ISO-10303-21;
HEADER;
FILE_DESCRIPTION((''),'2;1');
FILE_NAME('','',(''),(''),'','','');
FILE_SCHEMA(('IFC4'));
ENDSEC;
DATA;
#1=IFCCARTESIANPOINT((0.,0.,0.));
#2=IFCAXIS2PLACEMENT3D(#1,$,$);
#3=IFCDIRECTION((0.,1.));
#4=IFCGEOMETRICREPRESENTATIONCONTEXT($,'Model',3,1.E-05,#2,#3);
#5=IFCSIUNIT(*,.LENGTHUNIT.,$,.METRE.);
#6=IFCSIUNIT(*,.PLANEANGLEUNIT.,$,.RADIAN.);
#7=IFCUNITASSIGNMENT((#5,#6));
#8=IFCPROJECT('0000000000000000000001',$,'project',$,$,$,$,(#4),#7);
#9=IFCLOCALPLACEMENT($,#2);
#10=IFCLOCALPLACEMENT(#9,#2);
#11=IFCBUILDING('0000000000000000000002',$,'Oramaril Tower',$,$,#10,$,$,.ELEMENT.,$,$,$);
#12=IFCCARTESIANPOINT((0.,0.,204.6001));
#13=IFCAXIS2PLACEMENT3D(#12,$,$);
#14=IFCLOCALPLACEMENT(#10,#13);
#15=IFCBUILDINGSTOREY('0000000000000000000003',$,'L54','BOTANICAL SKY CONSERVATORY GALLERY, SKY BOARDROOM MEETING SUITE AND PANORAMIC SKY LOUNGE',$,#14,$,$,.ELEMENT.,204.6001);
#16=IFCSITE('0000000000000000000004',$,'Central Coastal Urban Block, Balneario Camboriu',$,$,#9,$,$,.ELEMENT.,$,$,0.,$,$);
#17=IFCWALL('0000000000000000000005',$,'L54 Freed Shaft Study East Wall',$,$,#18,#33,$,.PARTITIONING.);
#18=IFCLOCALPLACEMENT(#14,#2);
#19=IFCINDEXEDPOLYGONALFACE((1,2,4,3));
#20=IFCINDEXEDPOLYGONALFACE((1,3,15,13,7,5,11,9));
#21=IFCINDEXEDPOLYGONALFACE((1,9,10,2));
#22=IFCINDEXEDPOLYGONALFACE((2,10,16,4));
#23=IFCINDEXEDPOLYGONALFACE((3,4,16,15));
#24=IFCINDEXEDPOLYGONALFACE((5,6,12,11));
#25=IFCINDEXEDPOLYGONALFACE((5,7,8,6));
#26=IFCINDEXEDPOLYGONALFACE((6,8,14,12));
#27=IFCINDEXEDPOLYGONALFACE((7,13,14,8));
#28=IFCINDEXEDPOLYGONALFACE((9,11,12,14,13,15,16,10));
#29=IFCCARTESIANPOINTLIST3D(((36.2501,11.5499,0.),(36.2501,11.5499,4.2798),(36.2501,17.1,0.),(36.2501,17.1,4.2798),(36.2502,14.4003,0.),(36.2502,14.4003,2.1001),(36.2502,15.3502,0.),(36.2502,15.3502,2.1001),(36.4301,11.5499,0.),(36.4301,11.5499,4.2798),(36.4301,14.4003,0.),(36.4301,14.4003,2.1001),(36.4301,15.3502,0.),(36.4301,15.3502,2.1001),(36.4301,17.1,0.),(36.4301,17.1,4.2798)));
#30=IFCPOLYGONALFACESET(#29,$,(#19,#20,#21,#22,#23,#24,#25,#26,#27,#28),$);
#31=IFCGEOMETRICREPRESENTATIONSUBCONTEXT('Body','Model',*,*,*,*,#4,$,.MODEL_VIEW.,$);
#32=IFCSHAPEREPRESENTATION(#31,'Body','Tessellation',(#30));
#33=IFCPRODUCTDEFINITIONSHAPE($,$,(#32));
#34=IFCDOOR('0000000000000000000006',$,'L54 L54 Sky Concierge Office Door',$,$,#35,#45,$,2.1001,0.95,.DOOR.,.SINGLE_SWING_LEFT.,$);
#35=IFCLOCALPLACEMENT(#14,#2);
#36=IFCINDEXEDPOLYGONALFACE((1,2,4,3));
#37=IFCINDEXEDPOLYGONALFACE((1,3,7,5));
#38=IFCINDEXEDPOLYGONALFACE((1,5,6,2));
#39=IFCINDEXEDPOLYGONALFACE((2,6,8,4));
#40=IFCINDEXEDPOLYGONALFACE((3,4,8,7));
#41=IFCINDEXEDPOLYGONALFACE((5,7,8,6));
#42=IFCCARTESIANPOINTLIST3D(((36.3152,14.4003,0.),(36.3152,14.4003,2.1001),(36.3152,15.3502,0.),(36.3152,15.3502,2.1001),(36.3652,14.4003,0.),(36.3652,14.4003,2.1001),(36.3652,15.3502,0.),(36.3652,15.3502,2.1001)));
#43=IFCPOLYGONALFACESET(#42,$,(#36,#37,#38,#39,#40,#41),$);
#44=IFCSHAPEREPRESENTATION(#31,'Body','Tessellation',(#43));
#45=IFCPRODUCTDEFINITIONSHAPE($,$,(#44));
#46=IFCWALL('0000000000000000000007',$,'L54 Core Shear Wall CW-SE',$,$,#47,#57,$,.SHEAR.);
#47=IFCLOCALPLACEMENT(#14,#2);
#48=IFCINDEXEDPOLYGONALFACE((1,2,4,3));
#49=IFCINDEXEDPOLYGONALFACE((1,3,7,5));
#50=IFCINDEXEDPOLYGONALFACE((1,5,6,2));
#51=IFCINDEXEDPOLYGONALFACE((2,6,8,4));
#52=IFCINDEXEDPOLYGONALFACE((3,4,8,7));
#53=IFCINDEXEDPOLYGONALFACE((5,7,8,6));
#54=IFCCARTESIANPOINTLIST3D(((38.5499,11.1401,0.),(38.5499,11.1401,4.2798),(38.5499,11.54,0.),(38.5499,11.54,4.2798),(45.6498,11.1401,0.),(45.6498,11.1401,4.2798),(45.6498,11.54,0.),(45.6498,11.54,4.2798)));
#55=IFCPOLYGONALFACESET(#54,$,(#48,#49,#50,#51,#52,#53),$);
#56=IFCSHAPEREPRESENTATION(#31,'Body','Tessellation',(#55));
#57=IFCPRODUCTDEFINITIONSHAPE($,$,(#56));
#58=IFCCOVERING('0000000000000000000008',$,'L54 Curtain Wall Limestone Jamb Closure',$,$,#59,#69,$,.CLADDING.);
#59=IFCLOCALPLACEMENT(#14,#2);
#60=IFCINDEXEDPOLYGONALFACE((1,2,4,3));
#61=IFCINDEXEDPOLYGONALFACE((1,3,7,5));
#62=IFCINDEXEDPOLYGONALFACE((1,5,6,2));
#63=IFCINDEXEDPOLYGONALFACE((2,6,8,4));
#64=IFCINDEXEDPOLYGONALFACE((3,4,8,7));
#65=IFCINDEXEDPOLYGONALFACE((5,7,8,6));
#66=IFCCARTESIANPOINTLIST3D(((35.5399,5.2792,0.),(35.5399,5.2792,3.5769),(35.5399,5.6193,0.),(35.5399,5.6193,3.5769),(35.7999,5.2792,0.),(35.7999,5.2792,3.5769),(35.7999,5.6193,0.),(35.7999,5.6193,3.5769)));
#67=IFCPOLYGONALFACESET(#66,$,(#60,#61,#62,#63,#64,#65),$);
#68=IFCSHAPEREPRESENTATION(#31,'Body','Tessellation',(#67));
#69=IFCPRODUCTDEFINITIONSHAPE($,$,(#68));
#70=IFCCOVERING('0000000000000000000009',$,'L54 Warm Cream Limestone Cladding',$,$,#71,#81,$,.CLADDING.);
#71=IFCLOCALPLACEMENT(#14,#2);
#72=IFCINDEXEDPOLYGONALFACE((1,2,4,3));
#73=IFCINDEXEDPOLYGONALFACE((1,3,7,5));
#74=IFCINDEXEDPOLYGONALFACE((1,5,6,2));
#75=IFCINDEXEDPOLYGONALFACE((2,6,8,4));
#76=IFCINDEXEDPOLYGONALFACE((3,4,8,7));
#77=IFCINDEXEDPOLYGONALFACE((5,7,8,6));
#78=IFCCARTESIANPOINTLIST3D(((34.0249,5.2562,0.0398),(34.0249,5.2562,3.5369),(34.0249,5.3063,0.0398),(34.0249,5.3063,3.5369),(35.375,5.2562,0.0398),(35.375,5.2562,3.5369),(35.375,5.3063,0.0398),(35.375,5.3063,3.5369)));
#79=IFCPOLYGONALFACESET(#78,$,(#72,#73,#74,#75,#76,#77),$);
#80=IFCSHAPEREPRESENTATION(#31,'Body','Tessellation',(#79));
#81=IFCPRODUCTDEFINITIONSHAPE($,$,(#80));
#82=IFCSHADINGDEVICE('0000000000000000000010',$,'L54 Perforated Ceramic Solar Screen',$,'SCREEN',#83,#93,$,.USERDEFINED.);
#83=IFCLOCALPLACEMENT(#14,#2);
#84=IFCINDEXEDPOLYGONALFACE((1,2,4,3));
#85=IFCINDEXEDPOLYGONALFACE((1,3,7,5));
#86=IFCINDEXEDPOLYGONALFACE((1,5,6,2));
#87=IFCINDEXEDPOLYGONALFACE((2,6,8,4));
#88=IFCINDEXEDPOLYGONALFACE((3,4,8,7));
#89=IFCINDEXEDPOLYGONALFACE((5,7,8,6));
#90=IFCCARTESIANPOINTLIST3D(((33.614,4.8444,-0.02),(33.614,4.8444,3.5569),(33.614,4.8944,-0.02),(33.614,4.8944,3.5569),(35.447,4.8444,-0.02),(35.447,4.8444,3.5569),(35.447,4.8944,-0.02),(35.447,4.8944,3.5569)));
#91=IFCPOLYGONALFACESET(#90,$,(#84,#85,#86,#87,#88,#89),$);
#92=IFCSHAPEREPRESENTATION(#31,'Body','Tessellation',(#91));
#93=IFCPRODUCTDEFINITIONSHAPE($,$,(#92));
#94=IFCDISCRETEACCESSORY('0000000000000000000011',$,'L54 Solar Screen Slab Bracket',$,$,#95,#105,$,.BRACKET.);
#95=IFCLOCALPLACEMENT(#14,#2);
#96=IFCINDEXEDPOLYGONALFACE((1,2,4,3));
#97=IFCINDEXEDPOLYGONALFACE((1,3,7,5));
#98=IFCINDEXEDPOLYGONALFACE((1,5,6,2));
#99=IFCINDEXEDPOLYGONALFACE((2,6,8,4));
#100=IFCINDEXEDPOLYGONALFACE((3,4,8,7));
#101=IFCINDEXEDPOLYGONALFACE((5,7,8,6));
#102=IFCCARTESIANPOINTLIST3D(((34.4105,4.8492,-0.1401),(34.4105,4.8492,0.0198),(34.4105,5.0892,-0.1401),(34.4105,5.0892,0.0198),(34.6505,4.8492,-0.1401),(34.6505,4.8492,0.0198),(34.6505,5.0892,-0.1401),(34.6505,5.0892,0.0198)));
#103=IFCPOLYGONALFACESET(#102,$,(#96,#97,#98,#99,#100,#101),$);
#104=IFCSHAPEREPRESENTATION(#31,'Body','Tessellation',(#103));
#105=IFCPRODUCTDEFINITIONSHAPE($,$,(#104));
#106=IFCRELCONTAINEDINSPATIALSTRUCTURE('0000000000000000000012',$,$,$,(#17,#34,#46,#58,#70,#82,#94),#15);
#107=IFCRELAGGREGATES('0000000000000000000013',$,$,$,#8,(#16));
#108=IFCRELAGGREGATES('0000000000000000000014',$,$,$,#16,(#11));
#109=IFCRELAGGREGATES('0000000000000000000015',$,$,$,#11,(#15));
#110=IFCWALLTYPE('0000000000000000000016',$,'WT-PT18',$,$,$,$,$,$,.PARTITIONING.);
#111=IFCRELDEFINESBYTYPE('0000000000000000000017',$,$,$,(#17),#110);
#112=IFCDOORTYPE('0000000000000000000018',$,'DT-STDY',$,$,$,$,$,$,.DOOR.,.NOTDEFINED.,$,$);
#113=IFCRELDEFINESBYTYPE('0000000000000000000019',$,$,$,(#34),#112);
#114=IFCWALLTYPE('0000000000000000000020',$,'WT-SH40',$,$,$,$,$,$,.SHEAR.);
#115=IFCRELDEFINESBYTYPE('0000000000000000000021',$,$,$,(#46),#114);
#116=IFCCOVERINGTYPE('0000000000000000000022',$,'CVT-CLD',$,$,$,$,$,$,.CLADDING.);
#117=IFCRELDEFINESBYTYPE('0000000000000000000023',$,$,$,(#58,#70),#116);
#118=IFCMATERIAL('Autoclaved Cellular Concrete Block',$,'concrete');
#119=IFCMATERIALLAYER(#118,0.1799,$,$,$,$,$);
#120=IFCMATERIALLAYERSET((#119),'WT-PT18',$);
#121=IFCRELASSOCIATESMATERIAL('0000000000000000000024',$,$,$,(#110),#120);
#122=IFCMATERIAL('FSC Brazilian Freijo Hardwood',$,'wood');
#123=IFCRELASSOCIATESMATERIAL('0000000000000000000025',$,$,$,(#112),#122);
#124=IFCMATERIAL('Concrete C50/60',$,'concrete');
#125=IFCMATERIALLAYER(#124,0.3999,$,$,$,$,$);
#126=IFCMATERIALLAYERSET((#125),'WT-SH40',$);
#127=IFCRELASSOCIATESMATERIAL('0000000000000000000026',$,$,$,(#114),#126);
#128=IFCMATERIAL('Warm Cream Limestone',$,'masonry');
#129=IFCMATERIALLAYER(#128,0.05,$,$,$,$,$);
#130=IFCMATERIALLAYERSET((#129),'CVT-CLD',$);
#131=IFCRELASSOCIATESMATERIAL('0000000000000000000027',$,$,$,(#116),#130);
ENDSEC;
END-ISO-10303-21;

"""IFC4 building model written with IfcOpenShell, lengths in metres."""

from ifc_helpers import new_model, si_unit, direction, frame, frame_2d, origin, origin_2d, place, context, subcontext, project, spatial, rectangle, extrude, material, layer, layer_set, type_object, element, fill, save


model = new_model("IFC4")

# Units and contexts
model_context = context("Model", 3, precision=1e-05, world=origin(), true_north=direction((0.0, 1.0)))
body_context = subcontext(model_context, "Body", "Model", "MODEL_VIEW")
ifc_project = project(units=[si_unit("LENGTHUNIT", "METRE"), si_unit("PLANEANGLEUNIT", "RADIAN")], contexts=[model_context])

# Site, building, storey
site_placement = place(None, origin())
site = spatial("IfcSite", under=ifc_project, at=site_placement, Name="Central Coastal Urban Block, Balneario Camboriu", CompositionType="ELEMENT", RefElevation=0.0)
building_placement = place(site_placement, origin())
building = spatial("IfcBuilding", under=site, at=building_placement, Name="Oramaril Tower", CompositionType="ELEMENT")
storey_placement = place(building_placement, frame((0.0, 0.0, 204.6001)))
storey = spatial("IfcBuildingStorey", under=building, at=storey_placement, Name="L54", Description="BOTANICAL SKY CONSERVATORY GALLERY, SKY BOARDROOM MEETING SUITE AND PANORAMIC SKY LOUNGE", CompositionType="ELEMENT", Elevation=204.6001)

# Wall, opening, door
ifc_material_1 = material(Name="Autoclaved Cellular Concrete Block", Category="concrete")
ifc_layer_1 = layer(ifc_material_1, 0.1799)
ifc_layer_set_1 = layer_set([ifc_layer_1], Name="WT-PT18")
wall_type_1 = type_object("IfcWallType", Name="WT-PT18", PredefinedType="PARTITIONING", material=ifc_layer_set_1)
wall_1_placement = place(storey_placement, frame((36.3401, 11.55, 0.0), z_axis=(0.0, 0.0, 1.0), x_axis=(0.0, 1.0, 0.0)))
wall_1 = element("IfcWall", 1, at=wall_1_placement, inside=storey, type_object=wall_type_1, Name="L54 Freed Shaft Study East Wall", PredefinedType="PARTITIONING", context=body_context, shape_type="SweptSolid", body=[
    extrude(rectangle(XDim=5.55, YDim=0.1799, at=frame_2d((2.7749, 0.0))), origin(), (0.0, 0.0, 1.0), 4.2798),
])
opening_placement = place(wall_1_placement, frame((2.8501, 0.0, 0.0)))
opening = element("IfcOpeningElement", 2, at=opening_placement, cuts=wall_1, PredefinedType="OPENING", context=body_context, shape_type="SweptSolid", body=[
    extrude(rectangle(XDim=0.95, YDim=2.1001, at=frame_2d((0.4751, 1.05))), frame((0.0, 0.0898, 0.0), z_axis=(0.0, -1.0, 0.0), x_axis=(1.0, 0.0, 0.0)), (0.0, 0.0, 1.0), 0.1799),
])
ifc_material_2 = material(Name="FSC Brazilian Freijo Hardwood", Category="wood")
door_type = type_object("IfcDoorType", Name="DT-STDY", OperationType="NOTDEFINED", PredefinedType="DOOR", material=ifc_material_2)
door_placement = place(opening_placement, origin())
door = element("IfcDoor", 3, at=door_placement, inside=storey, type_object=door_type, Name="L54 L54 Sky Concierge Office Door", OperationType="SINGLE_SWING_LEFT", OverallHeight=2.1001, OverallWidth=0.95, PredefinedType="DOOR", context=body_context, shape_type="SweptSolid", body=[
    extrude(rectangle(XDim=0.95, YDim=2.1001, at=frame_2d((0.4751, 1.05))), frame((0.0, 0.0249, 0.0), z_axis=(0.0, -1.0, 0.0), x_axis=(1.0, 0.0, 0.0)), (0.0, 0.0, 1.0), 0.05),
])
fill(opening, door)

# Wall
ifc_material_3 = material(Name="Concrete C50/60", Category="concrete")
ifc_layer_2 = layer(ifc_material_3, 0.3999)
ifc_layer_set_2 = layer_set([ifc_layer_2], Name="WT-SH40")
wall_type_2 = type_object("IfcWallType", Name="WT-SH40", PredefinedType="SHEAR", material=ifc_layer_set_2)
wall_2_placement = place(storey_placement, frame((38.55, 11.3401, 0.0), z_axis=(0.0, 0.0, 1.0), x_axis=(1.0, 0.0, 0.0)))
element("IfcWall", 4, at=wall_2_placement, inside=storey, type_object=wall_type_2, Name="L54 Core Shear Wall CW-SE", PredefinedType="SHEAR", context=body_context, shape_type="SweptSolid", body=[
    extrude(rectangle(XDim=7.0999, YDim=0.3999, at=frame_2d((3.5498, 0.0))), origin(), (0.0, 0.0, 1.0), 4.2798),
])

# Coverings
ifc_material_4 = material(Name="Warm Cream Limestone", Category="masonry")
ifc_layer_3 = layer(ifc_material_4, 0.05)
ifc_layer_set_3 = layer_set([ifc_layer_3], Name="CVT-CLD")
covering_type = type_object("IfcCoveringType", Name="CVT-CLD", PredefinedType="CLADDING", material=ifc_layer_set_3)
covering_1_placement = place(storey_placement, frame((35.6699, 5.4492, 0.0), z_axis=(0.0, 0.0, 1.0), x_axis=(1.0, 0.0, 0.0)))
element("IfcCovering", 5, at=covering_1_placement, inside=storey, type_object=covering_type, Name="L54 Curtain Wall Limestone Jamb Closure", PredefinedType="CLADDING", context=body_context, shape_type="SweptSolid", body=[
    extrude(rectangle(XDim=0.26, YDim=0.3401, at=origin_2d()), origin(), (0.0, 0.0, 1.0), 3.5769),
])
covering_2_placement = place(storey_placement, frame((34.7, 5.2812, 0.0398), z_axis=(0.0, 0.0, 1.0), x_axis=(1.0, 0.0, 0.0)))
element("IfcCovering", 6, at=covering_2_placement, inside=storey, type_object=covering_type, Name="L54 Warm Cream Limestone Cladding", PredefinedType="CLADDING", context=body_context, shape_type="SweptSolid", body=[
    extrude(rectangle(XDim=1.3501, YDim=0.05, at=origin_2d()), origin(), (0.0, 0.0, 1.0), 3.4971),
])

# Shading device
shading_device_placement = place(storey_placement, frame((34.5305, 4.8694, -0.02), z_axis=(0.0, 0.0, 1.0), x_axis=(1.0, 0.0, 0.0)))
element("IfcShadingDevice", 7, at=shading_device_placement, inside=storey, Name="L54 Perforated Ceramic Solar Screen", ObjectType="SCREEN", PredefinedType="USERDEFINED", context=body_context, shape_type="SweptSolid", body=[
    extrude(rectangle(XDim=1.833, YDim=0.05, at=origin_2d()), origin(), (0.0, 0.0, 1.0), 3.5769),
])

# Discrete accessory
discrete_accessory_placement = place(storey_placement, frame((34.5305, 4.9692, -0.1401), z_axis=(0.0, 0.0, 1.0), x_axis=(1.0, 0.0, 0.0)))
element("IfcDiscreteAccessory", 8, at=discrete_accessory_placement, inside=storey, Name="L54 Solar Screen Slab Bracket", PredefinedType="BRACKET", context=body_context, shape_type="SweptSolid", body=[
    extrude(rectangle(XDim=0.24, YDim=0.24, at=origin_2d()), origin(), (0.0, 0.0, 1.0), 0.1599),
])

save(model, "model.ifc")
